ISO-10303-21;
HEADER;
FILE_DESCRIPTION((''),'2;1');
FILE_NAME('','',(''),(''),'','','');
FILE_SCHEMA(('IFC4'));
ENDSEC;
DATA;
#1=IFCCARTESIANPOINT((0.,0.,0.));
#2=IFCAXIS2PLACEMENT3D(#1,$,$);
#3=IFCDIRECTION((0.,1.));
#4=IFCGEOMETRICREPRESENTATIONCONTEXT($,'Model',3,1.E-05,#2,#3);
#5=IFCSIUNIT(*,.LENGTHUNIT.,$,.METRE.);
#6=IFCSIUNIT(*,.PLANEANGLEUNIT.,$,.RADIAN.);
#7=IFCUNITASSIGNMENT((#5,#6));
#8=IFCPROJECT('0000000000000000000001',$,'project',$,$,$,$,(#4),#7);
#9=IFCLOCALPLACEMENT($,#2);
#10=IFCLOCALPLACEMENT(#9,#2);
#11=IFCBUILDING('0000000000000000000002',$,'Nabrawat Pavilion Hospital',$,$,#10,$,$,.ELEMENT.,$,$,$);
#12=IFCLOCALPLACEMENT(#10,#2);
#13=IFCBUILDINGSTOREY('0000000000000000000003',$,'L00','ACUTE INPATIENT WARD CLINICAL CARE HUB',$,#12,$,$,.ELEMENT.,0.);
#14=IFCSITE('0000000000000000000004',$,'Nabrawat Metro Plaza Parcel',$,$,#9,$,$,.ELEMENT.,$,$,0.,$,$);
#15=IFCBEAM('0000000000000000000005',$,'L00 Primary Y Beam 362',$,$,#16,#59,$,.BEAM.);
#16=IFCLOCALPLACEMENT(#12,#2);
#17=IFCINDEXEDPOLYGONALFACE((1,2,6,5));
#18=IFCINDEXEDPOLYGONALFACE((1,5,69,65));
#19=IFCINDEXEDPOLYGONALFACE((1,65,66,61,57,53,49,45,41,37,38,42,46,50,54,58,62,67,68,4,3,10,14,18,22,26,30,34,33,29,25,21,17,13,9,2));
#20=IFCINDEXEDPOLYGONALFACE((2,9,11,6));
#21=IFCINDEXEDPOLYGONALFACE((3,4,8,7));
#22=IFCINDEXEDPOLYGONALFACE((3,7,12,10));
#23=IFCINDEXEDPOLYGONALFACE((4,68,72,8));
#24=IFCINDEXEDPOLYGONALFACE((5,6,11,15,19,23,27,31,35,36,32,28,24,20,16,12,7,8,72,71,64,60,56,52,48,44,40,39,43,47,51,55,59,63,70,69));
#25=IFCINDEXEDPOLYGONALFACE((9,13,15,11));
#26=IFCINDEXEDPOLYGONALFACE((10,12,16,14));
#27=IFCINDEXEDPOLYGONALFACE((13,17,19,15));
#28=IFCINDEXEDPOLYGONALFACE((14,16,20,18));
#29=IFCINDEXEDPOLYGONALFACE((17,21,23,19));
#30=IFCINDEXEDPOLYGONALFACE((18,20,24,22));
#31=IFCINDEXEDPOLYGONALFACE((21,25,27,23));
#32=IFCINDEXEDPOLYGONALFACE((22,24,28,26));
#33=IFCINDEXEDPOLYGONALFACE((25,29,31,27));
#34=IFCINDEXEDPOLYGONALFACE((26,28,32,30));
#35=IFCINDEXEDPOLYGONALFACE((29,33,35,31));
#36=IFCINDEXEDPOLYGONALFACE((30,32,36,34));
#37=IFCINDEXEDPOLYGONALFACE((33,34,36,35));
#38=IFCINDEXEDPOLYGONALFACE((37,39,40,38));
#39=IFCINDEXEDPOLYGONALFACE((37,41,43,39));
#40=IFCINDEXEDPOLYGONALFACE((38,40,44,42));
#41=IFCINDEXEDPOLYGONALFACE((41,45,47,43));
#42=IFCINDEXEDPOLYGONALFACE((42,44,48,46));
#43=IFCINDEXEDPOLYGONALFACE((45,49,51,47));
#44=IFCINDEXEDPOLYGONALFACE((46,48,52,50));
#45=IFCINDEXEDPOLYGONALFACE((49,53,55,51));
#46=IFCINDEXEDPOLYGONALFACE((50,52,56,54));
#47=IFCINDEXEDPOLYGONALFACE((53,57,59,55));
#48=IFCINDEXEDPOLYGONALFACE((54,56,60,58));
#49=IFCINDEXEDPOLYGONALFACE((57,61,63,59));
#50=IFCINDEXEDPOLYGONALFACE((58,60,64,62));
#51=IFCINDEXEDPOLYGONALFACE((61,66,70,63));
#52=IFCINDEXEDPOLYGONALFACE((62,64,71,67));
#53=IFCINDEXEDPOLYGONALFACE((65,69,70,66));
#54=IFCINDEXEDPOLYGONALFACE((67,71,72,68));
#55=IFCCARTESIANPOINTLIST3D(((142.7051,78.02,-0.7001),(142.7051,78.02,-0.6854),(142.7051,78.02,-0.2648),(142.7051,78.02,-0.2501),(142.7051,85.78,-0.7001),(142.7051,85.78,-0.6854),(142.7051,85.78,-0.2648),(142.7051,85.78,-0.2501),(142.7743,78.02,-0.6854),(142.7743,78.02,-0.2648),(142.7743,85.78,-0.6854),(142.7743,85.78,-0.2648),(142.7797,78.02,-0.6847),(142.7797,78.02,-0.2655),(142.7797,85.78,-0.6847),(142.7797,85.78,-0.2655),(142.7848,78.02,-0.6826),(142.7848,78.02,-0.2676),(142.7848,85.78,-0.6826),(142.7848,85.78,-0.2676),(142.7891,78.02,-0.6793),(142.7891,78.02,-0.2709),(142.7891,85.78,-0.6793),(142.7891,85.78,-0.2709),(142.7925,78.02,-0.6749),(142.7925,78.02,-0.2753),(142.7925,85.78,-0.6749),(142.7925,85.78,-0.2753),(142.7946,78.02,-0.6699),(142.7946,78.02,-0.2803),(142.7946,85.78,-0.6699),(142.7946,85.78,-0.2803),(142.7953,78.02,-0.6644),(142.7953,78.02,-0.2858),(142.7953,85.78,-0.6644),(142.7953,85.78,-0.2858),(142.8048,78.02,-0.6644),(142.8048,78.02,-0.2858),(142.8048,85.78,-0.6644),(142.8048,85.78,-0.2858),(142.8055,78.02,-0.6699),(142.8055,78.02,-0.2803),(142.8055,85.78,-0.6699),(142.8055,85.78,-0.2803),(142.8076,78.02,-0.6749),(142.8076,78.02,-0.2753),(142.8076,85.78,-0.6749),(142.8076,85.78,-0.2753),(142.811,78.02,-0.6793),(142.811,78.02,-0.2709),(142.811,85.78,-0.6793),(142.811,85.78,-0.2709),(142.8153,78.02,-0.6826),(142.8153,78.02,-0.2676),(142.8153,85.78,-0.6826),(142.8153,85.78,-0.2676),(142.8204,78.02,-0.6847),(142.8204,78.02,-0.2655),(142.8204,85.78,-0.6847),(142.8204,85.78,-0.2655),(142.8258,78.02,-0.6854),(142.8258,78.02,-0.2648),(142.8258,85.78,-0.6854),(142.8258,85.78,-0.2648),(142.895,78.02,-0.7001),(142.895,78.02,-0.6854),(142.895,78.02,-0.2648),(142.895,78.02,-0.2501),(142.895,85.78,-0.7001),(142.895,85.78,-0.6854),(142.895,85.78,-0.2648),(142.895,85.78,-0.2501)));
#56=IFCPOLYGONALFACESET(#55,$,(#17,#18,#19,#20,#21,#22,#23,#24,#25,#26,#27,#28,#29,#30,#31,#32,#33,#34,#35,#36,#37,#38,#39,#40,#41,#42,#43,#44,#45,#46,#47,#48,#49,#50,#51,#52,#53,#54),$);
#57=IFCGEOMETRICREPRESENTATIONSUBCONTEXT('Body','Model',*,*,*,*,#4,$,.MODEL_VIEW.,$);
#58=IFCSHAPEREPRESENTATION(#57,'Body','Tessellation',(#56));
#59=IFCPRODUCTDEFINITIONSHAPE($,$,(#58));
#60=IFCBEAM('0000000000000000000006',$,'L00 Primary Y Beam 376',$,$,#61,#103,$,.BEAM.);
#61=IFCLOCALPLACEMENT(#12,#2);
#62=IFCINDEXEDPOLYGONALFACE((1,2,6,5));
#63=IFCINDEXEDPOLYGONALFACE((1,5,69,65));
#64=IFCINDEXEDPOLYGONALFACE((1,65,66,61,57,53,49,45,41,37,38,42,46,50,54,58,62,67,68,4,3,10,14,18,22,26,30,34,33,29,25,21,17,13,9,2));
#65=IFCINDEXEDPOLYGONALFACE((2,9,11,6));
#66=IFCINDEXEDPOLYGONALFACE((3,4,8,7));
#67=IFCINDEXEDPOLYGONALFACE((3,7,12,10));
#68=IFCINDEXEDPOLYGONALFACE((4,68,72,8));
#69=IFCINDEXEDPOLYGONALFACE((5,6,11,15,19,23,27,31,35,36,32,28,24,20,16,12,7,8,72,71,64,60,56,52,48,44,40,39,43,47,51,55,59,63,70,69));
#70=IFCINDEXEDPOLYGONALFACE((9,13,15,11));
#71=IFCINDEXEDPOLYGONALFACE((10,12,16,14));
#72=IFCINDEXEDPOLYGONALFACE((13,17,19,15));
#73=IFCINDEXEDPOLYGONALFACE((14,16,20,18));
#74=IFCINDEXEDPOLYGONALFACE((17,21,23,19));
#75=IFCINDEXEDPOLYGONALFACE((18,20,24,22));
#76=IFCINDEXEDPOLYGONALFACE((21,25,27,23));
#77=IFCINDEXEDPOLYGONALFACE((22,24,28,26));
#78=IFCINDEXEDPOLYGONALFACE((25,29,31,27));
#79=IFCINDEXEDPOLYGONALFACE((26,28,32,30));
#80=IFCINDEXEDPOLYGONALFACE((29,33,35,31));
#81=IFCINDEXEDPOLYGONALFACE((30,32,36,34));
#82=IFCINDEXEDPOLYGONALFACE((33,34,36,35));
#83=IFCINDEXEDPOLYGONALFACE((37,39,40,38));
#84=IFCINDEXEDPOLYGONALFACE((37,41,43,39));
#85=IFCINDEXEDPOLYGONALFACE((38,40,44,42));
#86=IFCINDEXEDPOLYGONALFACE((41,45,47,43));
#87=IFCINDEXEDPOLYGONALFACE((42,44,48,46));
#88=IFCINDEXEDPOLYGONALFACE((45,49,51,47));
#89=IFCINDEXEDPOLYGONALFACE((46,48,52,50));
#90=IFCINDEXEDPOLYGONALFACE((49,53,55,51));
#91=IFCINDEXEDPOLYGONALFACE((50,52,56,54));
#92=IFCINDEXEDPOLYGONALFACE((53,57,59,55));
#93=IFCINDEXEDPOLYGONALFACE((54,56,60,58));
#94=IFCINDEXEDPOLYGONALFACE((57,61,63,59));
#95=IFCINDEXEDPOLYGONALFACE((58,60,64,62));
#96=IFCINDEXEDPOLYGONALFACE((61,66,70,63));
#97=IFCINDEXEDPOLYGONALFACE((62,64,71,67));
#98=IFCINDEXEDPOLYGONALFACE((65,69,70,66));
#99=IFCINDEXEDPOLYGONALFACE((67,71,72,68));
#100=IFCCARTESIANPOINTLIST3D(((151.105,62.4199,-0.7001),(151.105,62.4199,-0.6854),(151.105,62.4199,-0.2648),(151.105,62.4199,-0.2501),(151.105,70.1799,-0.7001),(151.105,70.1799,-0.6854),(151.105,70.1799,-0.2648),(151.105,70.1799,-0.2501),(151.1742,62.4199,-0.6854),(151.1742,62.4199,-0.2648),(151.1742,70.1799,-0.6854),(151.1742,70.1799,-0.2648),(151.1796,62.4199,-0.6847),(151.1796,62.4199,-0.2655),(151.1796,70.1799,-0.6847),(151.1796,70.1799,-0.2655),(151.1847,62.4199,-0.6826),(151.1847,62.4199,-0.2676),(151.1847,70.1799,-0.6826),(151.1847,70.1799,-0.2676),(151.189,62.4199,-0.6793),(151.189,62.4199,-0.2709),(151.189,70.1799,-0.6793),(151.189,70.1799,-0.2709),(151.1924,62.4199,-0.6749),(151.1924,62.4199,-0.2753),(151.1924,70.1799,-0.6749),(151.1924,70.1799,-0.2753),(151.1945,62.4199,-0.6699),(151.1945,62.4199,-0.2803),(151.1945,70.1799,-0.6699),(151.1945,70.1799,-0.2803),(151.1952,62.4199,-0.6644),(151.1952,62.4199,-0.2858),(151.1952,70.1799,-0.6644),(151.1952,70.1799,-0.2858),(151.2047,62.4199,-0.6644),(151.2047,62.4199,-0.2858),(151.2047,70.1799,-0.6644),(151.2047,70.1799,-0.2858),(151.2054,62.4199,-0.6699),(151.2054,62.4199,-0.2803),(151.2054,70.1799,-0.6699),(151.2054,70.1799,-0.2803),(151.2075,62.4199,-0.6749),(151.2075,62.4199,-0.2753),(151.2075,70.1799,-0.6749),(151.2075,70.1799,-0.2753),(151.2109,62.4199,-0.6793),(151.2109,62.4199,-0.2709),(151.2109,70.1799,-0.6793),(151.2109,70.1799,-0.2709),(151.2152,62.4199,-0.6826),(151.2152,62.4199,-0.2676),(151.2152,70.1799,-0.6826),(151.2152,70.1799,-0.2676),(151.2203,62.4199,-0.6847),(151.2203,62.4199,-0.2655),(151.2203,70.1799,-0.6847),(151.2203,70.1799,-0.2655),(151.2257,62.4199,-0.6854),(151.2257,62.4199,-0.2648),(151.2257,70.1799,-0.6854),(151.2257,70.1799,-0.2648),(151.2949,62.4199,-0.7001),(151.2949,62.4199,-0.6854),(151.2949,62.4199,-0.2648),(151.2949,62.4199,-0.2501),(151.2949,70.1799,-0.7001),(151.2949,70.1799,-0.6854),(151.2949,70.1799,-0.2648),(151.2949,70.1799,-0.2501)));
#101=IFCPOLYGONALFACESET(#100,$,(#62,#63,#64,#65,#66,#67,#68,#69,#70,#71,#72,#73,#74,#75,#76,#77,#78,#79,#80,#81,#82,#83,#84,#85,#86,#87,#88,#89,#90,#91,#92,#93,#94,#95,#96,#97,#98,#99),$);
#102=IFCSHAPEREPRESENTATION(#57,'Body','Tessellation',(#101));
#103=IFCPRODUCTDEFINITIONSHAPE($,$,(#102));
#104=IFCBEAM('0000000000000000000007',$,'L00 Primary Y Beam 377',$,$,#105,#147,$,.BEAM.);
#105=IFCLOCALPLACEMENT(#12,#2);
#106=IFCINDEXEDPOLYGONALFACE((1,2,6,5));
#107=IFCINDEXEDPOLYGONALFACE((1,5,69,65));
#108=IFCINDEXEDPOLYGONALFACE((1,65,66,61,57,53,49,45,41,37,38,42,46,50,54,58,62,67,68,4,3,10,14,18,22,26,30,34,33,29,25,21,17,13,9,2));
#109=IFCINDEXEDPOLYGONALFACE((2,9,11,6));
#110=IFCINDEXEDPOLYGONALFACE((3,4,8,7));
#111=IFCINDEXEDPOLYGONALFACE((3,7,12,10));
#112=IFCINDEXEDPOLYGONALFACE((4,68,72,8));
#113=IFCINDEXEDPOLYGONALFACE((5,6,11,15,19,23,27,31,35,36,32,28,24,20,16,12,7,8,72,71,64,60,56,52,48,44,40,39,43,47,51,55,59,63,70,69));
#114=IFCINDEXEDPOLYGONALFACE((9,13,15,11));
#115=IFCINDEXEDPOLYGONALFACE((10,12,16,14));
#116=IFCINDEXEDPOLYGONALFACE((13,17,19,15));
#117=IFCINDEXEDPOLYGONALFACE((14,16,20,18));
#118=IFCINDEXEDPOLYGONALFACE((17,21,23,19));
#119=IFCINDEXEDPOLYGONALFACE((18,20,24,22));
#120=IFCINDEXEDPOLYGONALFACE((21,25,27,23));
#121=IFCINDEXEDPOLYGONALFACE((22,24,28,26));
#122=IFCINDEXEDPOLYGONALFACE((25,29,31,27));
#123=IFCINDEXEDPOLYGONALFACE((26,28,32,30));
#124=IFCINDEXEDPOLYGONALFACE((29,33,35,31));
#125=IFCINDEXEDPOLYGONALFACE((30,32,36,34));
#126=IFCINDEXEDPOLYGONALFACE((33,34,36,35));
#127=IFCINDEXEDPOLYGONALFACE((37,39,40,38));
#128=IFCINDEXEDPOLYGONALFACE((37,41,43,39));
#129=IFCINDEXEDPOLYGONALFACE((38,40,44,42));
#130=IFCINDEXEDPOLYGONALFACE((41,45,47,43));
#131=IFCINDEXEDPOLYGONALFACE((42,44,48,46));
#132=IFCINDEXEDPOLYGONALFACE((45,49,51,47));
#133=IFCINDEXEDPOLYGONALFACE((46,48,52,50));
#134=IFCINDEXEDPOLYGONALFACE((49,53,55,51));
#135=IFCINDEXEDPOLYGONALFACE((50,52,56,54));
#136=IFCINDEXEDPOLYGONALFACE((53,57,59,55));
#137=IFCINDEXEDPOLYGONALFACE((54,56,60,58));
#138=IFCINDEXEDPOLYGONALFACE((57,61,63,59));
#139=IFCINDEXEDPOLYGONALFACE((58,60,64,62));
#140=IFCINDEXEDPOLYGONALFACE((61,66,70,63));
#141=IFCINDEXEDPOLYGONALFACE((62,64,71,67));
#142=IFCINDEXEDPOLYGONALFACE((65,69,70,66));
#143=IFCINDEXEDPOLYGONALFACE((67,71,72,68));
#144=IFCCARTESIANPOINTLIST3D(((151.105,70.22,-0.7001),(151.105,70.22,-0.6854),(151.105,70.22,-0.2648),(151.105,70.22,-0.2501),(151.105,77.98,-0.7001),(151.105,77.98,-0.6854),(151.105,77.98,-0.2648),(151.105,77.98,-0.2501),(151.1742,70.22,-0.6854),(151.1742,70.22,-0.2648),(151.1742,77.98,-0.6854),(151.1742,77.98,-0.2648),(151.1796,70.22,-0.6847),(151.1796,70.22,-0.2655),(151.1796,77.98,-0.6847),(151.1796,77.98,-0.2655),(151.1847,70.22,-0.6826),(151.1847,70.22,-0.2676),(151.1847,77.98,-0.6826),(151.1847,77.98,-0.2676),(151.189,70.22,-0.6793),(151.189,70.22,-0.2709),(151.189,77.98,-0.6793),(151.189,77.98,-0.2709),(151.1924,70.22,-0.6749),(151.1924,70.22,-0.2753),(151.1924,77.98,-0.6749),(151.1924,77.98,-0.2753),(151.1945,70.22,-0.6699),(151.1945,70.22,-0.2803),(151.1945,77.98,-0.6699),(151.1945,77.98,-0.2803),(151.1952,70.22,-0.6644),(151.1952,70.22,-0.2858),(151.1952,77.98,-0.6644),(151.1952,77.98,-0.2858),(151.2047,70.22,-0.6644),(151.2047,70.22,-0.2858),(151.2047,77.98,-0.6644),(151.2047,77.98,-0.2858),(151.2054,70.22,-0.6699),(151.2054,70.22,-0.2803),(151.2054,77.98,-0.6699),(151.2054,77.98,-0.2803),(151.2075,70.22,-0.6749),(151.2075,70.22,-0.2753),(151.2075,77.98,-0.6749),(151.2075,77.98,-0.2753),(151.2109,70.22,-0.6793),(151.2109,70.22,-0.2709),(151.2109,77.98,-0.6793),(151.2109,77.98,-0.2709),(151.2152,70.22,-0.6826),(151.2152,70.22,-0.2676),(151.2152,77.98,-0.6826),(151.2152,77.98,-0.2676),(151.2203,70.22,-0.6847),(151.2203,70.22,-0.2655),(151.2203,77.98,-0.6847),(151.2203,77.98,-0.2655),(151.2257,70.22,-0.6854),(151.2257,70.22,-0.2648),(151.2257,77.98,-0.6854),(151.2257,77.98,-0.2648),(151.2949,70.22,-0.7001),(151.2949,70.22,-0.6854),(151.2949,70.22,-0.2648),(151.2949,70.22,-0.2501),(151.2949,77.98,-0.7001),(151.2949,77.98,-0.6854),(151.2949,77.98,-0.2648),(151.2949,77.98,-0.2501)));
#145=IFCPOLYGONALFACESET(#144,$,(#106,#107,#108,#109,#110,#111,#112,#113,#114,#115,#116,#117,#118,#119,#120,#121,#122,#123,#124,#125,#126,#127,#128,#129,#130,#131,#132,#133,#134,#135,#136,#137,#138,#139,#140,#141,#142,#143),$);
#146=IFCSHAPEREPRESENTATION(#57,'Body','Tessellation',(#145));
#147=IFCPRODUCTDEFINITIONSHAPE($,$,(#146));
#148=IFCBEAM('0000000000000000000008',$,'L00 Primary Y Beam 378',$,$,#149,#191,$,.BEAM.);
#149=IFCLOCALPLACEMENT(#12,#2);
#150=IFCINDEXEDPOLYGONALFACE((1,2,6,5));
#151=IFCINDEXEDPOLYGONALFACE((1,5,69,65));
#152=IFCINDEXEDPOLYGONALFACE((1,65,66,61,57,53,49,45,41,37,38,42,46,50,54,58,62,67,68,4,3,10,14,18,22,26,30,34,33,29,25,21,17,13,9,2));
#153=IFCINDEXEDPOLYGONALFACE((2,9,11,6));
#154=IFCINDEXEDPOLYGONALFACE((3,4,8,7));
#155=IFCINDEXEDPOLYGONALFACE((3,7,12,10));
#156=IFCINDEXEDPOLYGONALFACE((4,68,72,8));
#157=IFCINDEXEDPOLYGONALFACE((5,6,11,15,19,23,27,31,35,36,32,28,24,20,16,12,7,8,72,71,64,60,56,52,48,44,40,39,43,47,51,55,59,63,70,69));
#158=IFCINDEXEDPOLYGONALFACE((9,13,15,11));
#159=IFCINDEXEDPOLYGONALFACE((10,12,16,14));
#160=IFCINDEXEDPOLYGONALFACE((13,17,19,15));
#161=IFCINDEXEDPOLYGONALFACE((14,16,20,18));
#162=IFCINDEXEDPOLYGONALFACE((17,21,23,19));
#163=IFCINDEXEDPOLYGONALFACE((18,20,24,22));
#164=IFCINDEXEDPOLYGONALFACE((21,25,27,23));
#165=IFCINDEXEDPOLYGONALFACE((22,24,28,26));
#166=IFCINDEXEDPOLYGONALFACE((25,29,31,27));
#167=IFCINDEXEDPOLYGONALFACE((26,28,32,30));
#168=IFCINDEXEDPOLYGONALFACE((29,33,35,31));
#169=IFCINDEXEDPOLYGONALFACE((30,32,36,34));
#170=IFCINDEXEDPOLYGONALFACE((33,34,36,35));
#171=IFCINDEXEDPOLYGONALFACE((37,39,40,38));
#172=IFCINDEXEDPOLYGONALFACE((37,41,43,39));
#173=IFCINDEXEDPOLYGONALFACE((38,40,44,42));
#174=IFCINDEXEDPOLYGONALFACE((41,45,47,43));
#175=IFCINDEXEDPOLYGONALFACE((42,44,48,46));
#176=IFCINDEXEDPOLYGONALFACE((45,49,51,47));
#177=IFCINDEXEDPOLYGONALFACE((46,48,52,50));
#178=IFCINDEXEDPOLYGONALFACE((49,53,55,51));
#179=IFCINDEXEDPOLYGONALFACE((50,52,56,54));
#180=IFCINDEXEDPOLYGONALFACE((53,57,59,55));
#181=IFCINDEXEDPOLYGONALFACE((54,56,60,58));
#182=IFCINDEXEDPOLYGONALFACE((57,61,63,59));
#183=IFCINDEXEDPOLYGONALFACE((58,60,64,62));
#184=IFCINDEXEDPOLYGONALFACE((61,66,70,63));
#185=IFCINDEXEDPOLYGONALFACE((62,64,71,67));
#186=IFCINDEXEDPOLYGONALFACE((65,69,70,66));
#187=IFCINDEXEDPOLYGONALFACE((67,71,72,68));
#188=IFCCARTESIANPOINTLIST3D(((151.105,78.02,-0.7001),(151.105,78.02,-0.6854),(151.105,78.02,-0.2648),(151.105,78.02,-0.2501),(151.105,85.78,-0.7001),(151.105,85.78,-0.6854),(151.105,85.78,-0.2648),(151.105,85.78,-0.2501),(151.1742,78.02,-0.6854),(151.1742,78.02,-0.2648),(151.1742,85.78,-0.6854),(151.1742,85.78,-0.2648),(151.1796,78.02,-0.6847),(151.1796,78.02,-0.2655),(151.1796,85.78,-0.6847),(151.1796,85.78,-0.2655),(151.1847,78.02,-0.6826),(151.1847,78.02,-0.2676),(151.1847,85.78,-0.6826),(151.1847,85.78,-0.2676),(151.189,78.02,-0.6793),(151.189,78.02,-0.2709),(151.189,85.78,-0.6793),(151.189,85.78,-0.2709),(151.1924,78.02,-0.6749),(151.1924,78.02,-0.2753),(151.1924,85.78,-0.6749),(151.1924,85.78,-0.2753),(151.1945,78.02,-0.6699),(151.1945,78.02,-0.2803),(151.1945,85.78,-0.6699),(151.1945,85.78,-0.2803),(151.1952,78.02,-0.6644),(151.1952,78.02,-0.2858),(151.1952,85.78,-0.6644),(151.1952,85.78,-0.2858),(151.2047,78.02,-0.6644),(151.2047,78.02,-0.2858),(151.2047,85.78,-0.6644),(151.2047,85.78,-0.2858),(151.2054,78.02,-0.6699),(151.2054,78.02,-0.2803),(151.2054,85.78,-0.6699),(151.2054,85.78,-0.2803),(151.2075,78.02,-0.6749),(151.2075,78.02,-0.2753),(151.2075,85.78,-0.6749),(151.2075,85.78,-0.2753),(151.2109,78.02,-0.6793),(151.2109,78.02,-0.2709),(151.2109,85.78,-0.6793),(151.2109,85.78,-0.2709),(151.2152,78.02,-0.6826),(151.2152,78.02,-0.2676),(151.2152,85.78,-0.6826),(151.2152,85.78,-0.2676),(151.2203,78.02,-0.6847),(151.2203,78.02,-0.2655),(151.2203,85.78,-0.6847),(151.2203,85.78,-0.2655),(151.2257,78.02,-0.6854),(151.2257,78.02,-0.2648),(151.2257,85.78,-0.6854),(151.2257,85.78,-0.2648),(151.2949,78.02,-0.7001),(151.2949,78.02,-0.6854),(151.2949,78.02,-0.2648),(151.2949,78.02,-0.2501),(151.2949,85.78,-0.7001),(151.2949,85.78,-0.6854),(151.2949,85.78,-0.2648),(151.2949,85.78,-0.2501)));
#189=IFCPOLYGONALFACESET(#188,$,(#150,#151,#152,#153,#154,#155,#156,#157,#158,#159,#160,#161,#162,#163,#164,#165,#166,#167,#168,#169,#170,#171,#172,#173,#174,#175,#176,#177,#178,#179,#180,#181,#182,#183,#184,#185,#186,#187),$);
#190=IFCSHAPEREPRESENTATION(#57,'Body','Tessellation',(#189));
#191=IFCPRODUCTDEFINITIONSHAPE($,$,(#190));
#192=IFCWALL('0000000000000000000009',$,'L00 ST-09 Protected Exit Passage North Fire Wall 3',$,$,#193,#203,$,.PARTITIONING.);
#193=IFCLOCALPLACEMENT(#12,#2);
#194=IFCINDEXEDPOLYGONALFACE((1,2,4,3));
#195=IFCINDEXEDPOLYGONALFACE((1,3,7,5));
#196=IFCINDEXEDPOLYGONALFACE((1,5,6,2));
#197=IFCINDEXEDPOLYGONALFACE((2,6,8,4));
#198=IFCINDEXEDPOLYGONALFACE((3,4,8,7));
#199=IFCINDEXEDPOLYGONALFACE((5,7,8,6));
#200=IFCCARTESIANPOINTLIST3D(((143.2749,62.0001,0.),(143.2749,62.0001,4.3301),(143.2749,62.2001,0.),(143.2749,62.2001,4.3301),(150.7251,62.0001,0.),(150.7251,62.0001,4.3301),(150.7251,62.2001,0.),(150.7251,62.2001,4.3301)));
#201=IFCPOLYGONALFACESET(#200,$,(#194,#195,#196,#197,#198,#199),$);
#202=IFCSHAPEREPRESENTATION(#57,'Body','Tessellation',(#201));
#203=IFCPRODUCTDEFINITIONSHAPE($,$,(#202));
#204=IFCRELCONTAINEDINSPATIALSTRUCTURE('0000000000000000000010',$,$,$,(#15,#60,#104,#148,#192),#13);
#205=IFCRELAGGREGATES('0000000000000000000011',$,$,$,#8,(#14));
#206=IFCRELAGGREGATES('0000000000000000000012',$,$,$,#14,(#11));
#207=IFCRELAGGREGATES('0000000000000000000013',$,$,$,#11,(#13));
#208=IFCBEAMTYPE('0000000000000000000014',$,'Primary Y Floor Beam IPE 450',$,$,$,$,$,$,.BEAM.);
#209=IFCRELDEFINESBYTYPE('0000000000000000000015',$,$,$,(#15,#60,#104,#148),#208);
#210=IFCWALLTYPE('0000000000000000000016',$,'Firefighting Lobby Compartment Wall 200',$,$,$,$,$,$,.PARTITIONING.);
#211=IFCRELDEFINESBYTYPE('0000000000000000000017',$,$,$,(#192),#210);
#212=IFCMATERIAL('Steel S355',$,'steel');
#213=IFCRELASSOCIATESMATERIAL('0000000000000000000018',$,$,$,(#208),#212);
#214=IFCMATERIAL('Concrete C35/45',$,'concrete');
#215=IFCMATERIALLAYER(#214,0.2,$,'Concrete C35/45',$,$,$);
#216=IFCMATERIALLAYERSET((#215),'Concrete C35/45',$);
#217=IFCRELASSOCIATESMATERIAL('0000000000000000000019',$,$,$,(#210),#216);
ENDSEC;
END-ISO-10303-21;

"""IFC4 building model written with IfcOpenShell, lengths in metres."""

from ifc_helpers import new_model, si_unit, direction, frame, frame_2d, origin, origin_2d, place, context, subcontext, project, spatial, rectangle, i_section, extrude, material, layer, layer_set, material_profile, profile_set, type_object, element, save


model = new_model("IFC4")

# Units and contexts
model_context = context("Model", 3, precision=1e-05, world=origin(), true_north=direction((0.0, 1.0)))
body_context = subcontext(model_context, "Body", "Model", "MODEL_VIEW")
ifc_project = project(units=[si_unit("LENGTHUNIT", "METRE"), si_unit("PLANEANGLEUNIT", "RADIAN")], contexts=[model_context])

# Site, building, storey
site_placement = place(None, origin())
site = spatial("IfcSite", under=ifc_project, at=site_placement, Name="Nabrawat Metro Plaza Parcel", CompositionType="ELEMENT", RefElevation=0.0)
building_placement = place(site_placement, origin())
building = spatial("IfcBuilding", under=site, at=building_placement, Name="Nabrawat Pavilion Hospital", CompositionType="ELEMENT")
storey_placement = place(building_placement, origin())
storey = spatial("IfcBuildingStorey", under=building, at=storey_placement, Name="L00", Description="ACUTE INPATIENT WARD CLINICAL CARE HUB", CompositionType="ELEMENT", Elevation=0.0)

# Beams
ifc_material_1 = material(Name="Steel S355", Category="steel")
ifc_material_profile_1 = material_profile(ifc_material_1, i_section(OverallWidth=0.1899, OverallDepth=0.45, WebThickness=0.0095, FlangeThickness=0.0146, FilletRadius=0.021, at=origin_2d()), Name="IPE 450")
ifc_profile_set_1 = profile_set([ifc_material_profile_1], Name="Steel S355")
beam_type_1 = type_object("IfcBeamType", Name="Primary Y Floor Beam IPE 450", PredefinedType="BEAM", material=ifc_profile_set_1)
for number, where, z_axis, x_axis, name in (
    (1, (142.8, 78.02, -0.4751), (0.0, 1.0, 0.0), (-1.0, 0.0, 0.0), "L00 Primary Y Beam 362"),
    (2, (151.2, 62.4199, -0.4751), (0.0, 1.0, 0.0), (-1.0, 0.0, 0.0), "L00 Primary Y Beam 376"),
    (3, (151.2, 70.22, -0.4751), (0.0, 1.0, 0.0), (-1.0, 0.0, 0.0), "L00 Primary Y Beam 377"),
    (4, (151.2, 78.02, -0.4751), (0.0, 1.0, 0.0), (-1.0, 0.0, 0.0), "L00 Primary Y Beam 378"),
):
    element("IfcBeam", number, at=place(storey_placement, frame(where, z_axis=z_axis, x_axis=x_axis)), inside=storey, type_object=beam_type_1, Name=name, PredefinedType="BEAM", context=body_context, shape_type="SweptSolid", body=[
        extrude(i_section(OverallWidth=0.1899, OverallDepth=0.45, WebThickness=0.0095, FlangeThickness=0.0146, FilletRadius=0.021, at=origin_2d()), origin(), (0.0, 0.0, 1.0), 7.76),
    ])

# Wall
ifc_material_2 = material(Name="Concrete C35/45", Category="concrete")
ifc_layer_1 = layer(ifc_material_2, 0.2, Name="Concrete C35/45")
ifc_layer_set_1 = layer_set([ifc_layer_1], Name="Concrete C35/45")
wall_type_1 = type_object("IfcWallType", Name="Firefighting Lobby Compartment Wall 200", PredefinedType="PARTITIONING", material=ifc_layer_set_1)
wall_1_placement = place(storey_placement, frame((143.2749, 62.1001, 0.0), z_axis=(0.0, 0.0, 1.0), x_axis=(1.0, 0.0, 0.0)))
element("IfcWall", 5, at=wall_1_placement, inside=storey, type_object=wall_type_1, Name="L00 ST-09 Protected Exit Passage North Fire Wall 3", PredefinedType="PARTITIONING", context=body_context, shape_type="SweptSolid", body=[
    extrude(rectangle(XDim=7.4502, YDim=0.2, at=frame_2d((3.7251, 0.0))), origin(), (0.0, 0.0, 1.0), 4.3301),
])

save(model, "model.ifc")
